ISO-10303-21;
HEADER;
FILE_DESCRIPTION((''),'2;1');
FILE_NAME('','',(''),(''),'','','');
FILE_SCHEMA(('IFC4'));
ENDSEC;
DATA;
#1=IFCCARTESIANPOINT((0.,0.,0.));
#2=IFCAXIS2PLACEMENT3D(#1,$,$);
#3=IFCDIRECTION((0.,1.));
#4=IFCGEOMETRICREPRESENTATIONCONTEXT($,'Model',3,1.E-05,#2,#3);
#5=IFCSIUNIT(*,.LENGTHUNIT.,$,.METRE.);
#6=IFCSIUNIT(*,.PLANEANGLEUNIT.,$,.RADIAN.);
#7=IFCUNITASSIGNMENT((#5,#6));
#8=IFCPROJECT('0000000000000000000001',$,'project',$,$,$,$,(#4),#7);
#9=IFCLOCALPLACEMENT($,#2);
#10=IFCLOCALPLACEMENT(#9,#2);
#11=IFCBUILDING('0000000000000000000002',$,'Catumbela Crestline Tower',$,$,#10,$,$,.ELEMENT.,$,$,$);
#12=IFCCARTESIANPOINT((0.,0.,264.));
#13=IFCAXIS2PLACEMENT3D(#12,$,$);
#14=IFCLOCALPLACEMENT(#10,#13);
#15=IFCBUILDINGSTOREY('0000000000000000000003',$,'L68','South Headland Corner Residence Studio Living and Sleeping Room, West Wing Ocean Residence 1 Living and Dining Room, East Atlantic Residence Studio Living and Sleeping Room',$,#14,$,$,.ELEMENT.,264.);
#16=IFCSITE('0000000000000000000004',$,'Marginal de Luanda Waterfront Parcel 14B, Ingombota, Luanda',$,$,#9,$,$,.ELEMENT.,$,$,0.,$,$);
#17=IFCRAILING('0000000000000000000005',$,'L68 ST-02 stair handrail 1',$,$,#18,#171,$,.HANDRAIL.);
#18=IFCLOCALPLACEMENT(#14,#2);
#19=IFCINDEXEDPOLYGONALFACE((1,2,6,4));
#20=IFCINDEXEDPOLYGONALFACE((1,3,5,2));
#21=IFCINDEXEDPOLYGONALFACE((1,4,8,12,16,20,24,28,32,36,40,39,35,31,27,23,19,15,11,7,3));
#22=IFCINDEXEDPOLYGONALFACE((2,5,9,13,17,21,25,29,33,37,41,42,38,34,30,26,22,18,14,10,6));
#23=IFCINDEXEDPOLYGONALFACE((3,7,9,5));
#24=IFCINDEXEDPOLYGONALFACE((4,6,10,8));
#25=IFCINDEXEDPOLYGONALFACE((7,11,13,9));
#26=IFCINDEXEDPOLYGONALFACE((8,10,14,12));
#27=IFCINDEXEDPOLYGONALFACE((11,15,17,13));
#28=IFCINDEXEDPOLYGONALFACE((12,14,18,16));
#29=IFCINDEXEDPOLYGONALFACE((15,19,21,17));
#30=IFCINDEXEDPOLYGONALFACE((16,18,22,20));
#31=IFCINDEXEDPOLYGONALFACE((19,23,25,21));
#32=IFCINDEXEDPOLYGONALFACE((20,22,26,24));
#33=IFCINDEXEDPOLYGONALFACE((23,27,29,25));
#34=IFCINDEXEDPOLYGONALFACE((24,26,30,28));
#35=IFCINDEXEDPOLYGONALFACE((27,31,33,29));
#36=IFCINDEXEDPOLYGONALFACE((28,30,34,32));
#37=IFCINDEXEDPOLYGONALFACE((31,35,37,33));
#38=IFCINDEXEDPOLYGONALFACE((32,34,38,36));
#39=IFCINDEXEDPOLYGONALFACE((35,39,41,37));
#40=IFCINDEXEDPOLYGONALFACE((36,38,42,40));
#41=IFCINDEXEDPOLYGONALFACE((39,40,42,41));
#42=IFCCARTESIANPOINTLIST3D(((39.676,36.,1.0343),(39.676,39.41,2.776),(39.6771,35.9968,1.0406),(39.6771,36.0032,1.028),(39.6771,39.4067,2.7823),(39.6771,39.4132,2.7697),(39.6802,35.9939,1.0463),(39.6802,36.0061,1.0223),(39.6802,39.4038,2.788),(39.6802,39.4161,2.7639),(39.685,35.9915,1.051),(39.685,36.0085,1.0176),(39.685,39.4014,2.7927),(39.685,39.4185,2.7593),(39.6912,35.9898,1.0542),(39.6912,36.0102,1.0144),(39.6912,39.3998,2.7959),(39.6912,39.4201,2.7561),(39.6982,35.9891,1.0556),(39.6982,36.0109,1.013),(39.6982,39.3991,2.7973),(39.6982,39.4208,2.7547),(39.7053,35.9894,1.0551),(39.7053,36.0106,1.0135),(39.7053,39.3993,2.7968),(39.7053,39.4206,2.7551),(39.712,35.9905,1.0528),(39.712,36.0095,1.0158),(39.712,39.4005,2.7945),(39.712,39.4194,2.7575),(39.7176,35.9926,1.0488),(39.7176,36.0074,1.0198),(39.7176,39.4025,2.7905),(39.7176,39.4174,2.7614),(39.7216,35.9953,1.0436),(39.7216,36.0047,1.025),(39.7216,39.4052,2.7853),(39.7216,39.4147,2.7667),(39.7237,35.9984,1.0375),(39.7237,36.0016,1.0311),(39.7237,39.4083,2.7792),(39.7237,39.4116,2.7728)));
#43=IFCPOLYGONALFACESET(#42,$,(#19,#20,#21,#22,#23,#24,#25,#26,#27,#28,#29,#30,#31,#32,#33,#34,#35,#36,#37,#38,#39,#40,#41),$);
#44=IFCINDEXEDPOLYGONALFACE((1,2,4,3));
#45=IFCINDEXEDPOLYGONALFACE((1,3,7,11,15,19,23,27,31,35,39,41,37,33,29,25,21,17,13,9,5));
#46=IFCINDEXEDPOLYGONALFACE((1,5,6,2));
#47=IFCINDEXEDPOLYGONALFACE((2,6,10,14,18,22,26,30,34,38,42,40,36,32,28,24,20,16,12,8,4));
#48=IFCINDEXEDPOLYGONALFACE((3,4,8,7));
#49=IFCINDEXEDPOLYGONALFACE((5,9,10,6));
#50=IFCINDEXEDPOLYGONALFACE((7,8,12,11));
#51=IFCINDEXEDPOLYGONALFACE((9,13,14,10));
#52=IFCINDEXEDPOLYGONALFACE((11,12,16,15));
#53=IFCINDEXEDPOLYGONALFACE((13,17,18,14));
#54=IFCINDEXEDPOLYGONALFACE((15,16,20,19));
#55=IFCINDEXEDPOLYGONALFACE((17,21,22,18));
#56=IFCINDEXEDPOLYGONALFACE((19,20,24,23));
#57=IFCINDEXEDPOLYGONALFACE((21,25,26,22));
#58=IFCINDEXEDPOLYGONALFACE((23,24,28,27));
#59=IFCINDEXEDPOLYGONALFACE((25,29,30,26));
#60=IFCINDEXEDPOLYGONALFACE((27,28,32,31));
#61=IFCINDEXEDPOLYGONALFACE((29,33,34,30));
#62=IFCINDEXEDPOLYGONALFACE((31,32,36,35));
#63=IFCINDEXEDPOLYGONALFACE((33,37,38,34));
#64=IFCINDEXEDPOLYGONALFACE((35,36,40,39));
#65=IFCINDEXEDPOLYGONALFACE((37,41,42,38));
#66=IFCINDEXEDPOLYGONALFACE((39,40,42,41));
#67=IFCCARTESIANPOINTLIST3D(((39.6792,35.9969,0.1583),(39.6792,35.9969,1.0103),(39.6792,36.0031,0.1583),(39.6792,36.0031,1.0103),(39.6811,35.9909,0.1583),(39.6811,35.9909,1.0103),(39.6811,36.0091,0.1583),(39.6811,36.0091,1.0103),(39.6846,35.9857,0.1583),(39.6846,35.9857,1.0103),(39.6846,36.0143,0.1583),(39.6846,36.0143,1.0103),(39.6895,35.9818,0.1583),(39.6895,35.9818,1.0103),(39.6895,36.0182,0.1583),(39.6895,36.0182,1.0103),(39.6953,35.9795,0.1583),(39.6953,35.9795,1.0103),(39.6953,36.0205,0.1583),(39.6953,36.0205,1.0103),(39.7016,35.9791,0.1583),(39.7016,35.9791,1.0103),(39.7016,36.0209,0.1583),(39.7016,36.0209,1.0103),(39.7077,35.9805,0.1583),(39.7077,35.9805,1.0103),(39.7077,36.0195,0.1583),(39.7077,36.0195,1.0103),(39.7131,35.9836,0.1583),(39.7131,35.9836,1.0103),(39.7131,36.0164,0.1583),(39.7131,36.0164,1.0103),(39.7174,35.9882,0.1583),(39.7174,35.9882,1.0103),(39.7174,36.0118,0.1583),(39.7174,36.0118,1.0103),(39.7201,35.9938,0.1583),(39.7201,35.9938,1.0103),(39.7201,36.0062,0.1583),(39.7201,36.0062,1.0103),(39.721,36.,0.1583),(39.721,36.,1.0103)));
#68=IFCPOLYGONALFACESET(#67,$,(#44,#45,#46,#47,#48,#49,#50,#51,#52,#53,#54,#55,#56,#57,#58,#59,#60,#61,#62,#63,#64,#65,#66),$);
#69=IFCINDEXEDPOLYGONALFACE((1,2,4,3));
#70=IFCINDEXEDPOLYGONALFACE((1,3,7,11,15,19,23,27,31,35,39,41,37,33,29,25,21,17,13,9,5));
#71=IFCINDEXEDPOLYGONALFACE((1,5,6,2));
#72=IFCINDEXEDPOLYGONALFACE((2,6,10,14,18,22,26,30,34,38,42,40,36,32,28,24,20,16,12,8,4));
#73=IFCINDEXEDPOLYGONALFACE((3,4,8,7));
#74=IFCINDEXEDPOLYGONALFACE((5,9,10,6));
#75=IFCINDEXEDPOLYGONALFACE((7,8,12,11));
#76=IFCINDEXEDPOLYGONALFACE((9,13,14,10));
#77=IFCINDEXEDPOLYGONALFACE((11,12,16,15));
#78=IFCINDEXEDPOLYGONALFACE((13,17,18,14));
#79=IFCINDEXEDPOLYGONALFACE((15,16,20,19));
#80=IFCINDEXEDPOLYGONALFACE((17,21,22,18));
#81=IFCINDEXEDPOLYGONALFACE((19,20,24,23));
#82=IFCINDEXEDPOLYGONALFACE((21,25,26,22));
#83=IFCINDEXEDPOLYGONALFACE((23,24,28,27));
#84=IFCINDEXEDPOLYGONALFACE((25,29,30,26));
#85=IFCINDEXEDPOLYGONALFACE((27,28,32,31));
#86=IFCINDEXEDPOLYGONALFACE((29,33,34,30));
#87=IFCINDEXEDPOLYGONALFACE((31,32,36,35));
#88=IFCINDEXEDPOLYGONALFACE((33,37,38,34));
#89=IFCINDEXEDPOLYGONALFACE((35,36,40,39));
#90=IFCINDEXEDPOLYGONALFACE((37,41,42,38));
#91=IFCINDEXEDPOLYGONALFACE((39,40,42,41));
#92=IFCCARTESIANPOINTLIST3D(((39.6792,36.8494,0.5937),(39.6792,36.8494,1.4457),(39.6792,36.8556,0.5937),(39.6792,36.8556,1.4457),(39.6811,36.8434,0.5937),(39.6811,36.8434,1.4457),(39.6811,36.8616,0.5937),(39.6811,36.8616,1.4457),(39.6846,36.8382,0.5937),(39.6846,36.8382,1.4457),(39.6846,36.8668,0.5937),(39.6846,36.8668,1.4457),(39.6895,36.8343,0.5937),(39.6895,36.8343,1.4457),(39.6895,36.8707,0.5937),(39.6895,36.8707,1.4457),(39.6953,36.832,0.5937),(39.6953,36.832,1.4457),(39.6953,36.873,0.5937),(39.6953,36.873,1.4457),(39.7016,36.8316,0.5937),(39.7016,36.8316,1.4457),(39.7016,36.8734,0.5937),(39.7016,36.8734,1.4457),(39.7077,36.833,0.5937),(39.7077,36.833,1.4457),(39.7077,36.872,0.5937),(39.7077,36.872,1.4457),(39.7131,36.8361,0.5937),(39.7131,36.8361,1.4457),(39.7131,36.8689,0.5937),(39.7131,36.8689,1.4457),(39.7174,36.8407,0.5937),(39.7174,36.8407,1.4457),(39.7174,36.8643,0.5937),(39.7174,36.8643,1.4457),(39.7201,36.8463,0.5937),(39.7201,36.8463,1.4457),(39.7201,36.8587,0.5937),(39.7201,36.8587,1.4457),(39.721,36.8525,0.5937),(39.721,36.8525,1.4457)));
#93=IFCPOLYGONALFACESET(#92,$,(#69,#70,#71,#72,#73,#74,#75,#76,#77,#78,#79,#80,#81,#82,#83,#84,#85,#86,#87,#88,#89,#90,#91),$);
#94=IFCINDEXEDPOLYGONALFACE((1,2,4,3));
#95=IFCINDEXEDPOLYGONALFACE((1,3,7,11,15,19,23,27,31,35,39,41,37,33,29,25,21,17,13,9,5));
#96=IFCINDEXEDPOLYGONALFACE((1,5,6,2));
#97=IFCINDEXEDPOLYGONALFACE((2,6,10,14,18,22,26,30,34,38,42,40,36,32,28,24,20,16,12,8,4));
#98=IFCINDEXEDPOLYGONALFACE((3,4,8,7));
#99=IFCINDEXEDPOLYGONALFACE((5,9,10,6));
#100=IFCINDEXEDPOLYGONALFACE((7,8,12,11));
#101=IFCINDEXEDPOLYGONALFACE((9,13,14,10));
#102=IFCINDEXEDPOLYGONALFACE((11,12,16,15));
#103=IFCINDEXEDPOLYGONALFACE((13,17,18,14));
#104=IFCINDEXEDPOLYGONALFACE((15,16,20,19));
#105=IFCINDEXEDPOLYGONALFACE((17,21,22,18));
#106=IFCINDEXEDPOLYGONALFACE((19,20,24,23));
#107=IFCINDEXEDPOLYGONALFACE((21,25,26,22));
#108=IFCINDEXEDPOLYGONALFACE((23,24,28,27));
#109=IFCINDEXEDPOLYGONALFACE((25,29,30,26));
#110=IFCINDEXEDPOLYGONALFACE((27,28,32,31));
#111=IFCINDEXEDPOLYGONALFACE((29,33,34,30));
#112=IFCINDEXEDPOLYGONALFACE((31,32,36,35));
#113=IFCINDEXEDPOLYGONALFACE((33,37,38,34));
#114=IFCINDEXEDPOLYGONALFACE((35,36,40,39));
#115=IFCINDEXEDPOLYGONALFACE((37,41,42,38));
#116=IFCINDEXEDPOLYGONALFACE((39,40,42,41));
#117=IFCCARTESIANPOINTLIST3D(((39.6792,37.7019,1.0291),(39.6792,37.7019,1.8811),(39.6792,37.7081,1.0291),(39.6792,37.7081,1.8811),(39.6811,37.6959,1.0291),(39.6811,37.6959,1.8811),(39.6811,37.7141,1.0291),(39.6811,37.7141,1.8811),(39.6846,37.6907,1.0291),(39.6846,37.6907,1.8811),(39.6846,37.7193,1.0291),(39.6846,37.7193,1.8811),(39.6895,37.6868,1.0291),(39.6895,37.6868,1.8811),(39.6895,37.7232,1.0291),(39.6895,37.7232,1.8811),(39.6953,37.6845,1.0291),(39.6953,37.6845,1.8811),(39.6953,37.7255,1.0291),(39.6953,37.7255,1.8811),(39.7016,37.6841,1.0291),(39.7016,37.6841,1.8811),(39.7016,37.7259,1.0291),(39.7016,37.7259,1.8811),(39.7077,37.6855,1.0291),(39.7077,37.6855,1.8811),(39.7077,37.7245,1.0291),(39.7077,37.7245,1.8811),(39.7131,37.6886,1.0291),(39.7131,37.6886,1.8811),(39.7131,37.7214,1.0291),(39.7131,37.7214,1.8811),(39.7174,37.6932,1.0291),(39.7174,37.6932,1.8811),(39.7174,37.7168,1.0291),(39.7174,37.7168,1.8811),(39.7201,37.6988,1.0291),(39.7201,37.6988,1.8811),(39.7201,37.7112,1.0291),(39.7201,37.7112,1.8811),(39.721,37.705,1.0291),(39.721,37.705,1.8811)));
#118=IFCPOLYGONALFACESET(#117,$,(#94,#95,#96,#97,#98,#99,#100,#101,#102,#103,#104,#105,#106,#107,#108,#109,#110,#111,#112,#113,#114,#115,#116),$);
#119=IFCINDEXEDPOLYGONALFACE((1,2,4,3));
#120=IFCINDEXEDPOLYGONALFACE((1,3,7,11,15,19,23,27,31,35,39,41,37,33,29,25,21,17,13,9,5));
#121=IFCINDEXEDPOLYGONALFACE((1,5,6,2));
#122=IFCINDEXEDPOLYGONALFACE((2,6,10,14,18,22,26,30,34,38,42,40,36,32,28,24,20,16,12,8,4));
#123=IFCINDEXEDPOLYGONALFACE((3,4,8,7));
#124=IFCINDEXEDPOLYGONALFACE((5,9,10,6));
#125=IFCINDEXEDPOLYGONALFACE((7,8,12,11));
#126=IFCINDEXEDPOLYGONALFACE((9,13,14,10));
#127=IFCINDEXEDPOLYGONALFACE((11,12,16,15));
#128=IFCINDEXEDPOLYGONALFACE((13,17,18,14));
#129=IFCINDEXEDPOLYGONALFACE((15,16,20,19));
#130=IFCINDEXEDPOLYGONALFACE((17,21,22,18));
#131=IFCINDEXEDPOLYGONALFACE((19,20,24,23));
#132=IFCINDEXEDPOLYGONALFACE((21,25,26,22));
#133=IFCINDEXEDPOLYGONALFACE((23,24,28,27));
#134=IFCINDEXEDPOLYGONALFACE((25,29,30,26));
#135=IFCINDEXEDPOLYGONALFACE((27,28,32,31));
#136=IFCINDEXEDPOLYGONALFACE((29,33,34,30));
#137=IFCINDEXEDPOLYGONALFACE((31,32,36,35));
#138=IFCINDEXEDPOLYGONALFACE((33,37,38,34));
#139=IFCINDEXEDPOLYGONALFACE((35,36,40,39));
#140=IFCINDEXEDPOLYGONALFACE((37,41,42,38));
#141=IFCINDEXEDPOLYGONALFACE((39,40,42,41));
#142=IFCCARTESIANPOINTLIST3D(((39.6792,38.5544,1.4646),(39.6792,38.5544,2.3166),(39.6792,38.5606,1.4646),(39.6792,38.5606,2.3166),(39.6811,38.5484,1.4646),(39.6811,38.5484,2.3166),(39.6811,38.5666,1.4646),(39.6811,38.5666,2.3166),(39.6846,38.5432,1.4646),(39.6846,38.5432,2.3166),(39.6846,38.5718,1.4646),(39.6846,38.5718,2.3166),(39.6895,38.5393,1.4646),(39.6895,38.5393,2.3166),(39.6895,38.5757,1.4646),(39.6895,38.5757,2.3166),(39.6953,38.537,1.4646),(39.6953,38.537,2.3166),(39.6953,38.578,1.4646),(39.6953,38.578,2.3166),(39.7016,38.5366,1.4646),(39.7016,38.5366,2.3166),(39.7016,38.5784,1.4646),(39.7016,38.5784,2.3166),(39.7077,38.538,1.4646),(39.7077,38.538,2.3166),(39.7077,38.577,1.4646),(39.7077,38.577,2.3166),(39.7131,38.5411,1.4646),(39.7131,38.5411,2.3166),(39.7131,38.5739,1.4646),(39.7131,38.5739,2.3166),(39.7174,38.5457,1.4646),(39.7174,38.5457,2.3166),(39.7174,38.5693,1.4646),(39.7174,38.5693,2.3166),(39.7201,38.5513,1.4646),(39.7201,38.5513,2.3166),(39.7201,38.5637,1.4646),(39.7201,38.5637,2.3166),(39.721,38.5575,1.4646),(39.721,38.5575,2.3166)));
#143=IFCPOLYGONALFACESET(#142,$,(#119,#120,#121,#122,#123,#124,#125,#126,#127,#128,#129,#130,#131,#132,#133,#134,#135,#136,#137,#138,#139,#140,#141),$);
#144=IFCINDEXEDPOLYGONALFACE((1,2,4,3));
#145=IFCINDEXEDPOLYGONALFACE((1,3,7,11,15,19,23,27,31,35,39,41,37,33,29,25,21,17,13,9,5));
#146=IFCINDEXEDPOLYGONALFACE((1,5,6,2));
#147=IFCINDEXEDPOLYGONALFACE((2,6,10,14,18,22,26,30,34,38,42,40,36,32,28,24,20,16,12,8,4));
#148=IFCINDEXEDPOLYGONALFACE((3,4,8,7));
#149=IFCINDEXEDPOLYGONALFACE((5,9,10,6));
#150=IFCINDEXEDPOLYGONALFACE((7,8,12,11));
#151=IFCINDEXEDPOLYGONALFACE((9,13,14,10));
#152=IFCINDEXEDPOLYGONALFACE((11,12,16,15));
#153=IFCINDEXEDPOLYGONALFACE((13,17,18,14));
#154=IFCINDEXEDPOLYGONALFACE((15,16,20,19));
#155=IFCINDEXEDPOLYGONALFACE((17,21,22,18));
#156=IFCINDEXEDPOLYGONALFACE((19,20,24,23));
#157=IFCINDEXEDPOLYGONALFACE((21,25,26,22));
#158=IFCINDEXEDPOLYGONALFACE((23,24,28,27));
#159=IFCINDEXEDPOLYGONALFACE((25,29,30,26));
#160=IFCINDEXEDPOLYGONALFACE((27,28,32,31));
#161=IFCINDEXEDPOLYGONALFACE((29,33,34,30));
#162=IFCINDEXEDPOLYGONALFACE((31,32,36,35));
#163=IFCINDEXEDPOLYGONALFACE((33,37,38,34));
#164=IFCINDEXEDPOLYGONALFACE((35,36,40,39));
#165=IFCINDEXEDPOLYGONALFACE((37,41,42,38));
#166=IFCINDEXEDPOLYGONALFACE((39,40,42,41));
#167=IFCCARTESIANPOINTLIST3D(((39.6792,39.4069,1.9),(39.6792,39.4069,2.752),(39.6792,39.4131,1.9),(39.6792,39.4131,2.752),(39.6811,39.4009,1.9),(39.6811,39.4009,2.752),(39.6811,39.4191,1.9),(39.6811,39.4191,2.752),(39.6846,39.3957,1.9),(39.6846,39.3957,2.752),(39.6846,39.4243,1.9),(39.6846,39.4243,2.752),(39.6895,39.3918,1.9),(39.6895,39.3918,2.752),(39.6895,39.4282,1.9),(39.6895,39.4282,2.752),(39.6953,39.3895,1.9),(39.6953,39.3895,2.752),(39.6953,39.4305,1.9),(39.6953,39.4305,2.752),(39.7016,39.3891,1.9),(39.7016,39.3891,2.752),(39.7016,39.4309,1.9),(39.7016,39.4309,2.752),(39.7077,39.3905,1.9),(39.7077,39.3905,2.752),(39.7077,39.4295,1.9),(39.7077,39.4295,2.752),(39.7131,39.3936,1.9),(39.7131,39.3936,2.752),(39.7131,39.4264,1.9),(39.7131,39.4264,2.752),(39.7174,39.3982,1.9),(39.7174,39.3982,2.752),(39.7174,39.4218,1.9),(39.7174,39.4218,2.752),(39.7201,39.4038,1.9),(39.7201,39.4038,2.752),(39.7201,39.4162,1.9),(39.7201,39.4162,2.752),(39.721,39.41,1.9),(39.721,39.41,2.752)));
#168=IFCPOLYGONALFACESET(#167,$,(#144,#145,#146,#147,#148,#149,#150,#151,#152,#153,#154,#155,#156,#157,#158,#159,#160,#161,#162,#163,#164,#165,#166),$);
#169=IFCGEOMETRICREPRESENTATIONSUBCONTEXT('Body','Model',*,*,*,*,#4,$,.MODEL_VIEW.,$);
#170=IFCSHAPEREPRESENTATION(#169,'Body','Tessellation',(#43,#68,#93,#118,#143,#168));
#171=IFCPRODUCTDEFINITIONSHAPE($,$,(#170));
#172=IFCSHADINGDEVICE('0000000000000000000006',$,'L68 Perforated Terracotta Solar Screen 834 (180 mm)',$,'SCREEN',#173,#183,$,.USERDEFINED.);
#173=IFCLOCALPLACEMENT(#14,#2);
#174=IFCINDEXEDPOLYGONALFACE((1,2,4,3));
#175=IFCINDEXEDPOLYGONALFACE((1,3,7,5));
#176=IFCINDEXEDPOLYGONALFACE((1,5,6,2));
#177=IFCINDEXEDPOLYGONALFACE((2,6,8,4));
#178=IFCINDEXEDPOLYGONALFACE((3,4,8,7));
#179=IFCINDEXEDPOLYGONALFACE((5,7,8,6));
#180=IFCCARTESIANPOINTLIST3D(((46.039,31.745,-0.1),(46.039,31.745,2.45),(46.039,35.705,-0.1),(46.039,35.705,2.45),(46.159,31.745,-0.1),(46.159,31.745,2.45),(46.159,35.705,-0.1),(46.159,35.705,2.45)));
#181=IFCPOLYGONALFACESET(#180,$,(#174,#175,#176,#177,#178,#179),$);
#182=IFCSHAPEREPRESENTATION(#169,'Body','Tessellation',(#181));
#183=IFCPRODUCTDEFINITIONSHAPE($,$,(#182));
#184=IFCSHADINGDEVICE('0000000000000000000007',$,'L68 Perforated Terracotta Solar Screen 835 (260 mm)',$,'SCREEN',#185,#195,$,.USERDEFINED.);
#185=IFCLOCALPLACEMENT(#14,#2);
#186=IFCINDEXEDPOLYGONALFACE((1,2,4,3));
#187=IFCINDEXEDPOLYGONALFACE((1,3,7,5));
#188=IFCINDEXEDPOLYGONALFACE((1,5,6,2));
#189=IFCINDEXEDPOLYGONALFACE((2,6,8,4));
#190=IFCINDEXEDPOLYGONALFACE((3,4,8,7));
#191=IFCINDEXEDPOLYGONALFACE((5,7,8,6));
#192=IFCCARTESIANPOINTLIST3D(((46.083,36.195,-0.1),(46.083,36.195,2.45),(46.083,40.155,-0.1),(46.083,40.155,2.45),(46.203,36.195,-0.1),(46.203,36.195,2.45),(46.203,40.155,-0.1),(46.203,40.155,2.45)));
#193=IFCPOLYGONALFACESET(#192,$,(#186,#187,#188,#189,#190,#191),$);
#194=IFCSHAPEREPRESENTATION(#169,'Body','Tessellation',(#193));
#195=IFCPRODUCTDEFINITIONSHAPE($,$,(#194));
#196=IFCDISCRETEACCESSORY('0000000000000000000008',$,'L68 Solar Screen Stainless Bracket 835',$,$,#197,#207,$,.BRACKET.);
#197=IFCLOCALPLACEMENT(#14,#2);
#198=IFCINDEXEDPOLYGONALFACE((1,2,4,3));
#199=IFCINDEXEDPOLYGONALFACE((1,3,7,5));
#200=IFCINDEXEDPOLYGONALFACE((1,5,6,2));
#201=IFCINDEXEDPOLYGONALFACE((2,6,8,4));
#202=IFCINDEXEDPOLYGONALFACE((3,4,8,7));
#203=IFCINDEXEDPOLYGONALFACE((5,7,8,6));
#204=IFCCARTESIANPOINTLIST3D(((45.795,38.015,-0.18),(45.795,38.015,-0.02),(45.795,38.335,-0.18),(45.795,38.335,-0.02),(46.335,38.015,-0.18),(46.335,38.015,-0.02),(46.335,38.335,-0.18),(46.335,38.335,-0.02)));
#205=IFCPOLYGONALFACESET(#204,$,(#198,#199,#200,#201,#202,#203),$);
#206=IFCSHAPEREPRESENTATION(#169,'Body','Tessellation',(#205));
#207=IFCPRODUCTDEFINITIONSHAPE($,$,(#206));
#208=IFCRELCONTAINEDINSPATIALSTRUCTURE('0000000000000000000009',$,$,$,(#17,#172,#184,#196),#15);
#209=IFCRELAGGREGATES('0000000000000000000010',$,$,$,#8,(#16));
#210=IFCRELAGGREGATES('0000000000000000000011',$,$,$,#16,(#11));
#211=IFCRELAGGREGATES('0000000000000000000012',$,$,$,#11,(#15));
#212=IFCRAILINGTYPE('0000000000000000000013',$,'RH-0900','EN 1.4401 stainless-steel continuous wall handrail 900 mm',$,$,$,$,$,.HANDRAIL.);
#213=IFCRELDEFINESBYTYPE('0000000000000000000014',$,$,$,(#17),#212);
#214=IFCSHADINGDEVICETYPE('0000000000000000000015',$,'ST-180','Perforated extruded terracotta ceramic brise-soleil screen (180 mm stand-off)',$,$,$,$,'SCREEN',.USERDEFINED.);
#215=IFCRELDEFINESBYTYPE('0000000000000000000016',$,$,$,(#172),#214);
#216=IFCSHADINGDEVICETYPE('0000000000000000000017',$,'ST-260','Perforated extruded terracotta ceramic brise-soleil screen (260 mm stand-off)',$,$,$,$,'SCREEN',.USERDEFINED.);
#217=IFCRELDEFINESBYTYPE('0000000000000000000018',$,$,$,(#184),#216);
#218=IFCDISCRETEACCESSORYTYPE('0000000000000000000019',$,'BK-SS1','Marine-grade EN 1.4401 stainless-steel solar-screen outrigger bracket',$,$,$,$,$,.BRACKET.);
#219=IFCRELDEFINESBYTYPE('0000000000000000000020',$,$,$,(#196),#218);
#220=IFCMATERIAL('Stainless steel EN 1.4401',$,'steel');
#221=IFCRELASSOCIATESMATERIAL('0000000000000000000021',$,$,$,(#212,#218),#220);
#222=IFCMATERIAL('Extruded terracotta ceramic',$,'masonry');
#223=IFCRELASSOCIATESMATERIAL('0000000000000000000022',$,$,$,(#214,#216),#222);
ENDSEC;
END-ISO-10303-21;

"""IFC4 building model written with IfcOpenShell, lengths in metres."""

from ifc_helpers import new_model, si_unit, direction, frame, origin, origin_2d, place, context, subcontext, project, spatial, rectangle, circle, extrude, material, type_object, element, save


model = new_model("IFC4")

# Units and contexts
model_context = context("Model", 3, precision=1e-05, world=origin(), true_north=direction((0.0, 1.0)))
body_context = subcontext(model_context, "Body", "Model", "MODEL_VIEW")
ifc_project = project(units=[si_unit("LENGTHUNIT", "METRE"), si_unit("PLANEANGLEUNIT", "RADIAN")], contexts=[model_context])

# Site, building, storey
site_placement = place(None, origin())
site = spatial("IfcSite", under=ifc_project, at=site_placement, Name="Marginal de Luanda Waterfront Parcel 14B, Ingombota, Luanda", CompositionType="ELEMENT", RefElevation=0.0)
building_placement = place(site_placement, origin())
building = spatial("IfcBuilding", under=site, at=building_placement, Name="Catumbela Crestline Tower", CompositionType="ELEMENT")
storey_placement = place(building_placement, frame((0.0, 0.0, 264.0)))
storey = spatial("IfcBuildingStorey", under=building, at=storey_placement, Name="L68", Description="South Headland Corner Residence Studio Living and Sleeping Room, West Wing Ocean Residence 1 Living and Dining Room, East Atlantic Residence Studio Living and Sleeping Room", CompositionType="ELEMENT", Elevation=264.0)

# Railing
ifc_material_1 = material(Name="Stainless steel EN 1.4401", Category="steel")
railing_type = type_object("IfcRailingType", Name="RH-0900", Description="EN 1.4401 stainless-steel continuous wall handrail 900 mm", PredefinedType="HANDRAIL", material=ifc_material_1)
railing_placement = place(storey_placement, frame((39.7, 36.0, 0.1583)))
element("IfcRailing", 1, at=railing_placement, inside=storey, type_object=railing_type, Name="L68 ST-02 stair handrail 1", PredefinedType="HANDRAIL", context=body_context, shape_type="SweptSolid", body=[
    extrude(circle(Radius=0.024, at=origin_2d()), frame((0.0, 0.0, 0.876), z_axis=(0.0, 0.89056, 0.454865), x_axis=(-1.0, 0.0, 0.0)), (0.0, 0.0, 1.0), 3.829),
    extrude(circle(Radius=0.021, at=origin_2d()), origin(), (0.0, 0.0, 1.0), 0.852),
    extrude(circle(Radius=0.021, at=origin_2d()), frame((0.0, 0.8525, 0.4354)), (0.0, 0.0, 1.0), 0.852),
    extrude(circle(Radius=0.021, at=origin_2d()), frame((0.0, 1.705, 0.8708)), (0.0, 0.0, 1.0), 0.852),
    extrude(circle(Radius=0.021, at=origin_2d()), frame((0.0, 2.5575, 1.3063)), (0.0, 0.0, 1.0), 0.852),
    extrude(circle(Radius=0.021, at=origin_2d()), frame((0.0, 3.41, 1.7417)), (0.0, 0.0, 1.0), 0.852),
])

# Shading devices
ifc_material_2 = material(Name="Extruded terracotta ceramic", Category="masonry")
shading_device_type_1 = type_object("IfcShadingDeviceType", Name="ST-180", Description="Perforated extruded terracotta ceramic brise-soleil screen (180 mm stand-off)", ElementType="SCREEN", PredefinedType="USERDEFINED", material=ifc_material_2)
shading_device_1_placement = place(storey_placement, frame((46.099, 33.725, -0.1), z_axis=(0.0, 0.0, 1.0), x_axis=(0.0, 1.0, 0.0)))
element("IfcShadingDevice", 2, at=shading_device_1_placement, inside=storey, type_object=shading_device_type_1, Name="L68 Perforated Terracotta Solar Screen 834 (180 mm)", ObjectType="SCREEN", PredefinedType="USERDEFINED", context=body_context, shape_type="SweptSolid", body=[
    extrude(rectangle(XDim=3.96, YDim=0.12, at=origin_2d()), origin(), (0.0, 0.0, 1.0), 2.55),
])
shading_device_type_2 = type_object("IfcShadingDeviceType", Name="ST-260", Description="Perforated extruded terracotta ceramic brise-soleil screen (260 mm stand-off)", ElementType="SCREEN", PredefinedType="USERDEFINED", material=ifc_material_2)
shading_device_2_placement = place(storey_placement, frame((46.143, 38.175, -0.1), z_axis=(0.0, 0.0, 1.0), x_axis=(0.0, 1.0, 0.0)))
element("IfcShadingDevice", 3, at=shading_device_2_placement, inside=storey, type_object=shading_device_type_2, Name="L68 Perforated Terracotta Solar Screen 835 (260 mm)", ObjectType="SCREEN", PredefinedType="USERDEFINED", context=body_context, shape_type="SweptSolid", body=[
    extrude(rectangle(XDim=3.96, YDim=0.12, at=origin_2d()), origin(), (0.0, 0.0, 1.0), 2.55),
])

# Discrete accessory
discrete_accessory_type = type_object("IfcDiscreteAccessoryType", Name="BK-SS1", Description="Marine-grade EN 1.4401 stainless-steel solar-screen outrigger bracket", PredefinedType="BRACKET", material=ifc_material_1)
discrete_accessory_placement = place(storey_placement, frame((46.065, 38.175, -0.18), z_axis=(0.0, 0.0, 1.0), x_axis=(0.0, 1.0, 0.0)))
element("IfcDiscreteAccessory", 4, at=discrete_accessory_placement, inside=storey, type_object=discrete_accessory_type, Name="L68 Solar Screen Stainless Bracket 835", PredefinedType="BRACKET", context=body_context, shape_type="SweptSolid", body=[
    extrude(rectangle(XDim=0.32, YDim=0.54, at=origin_2d()), origin(), (0.0, 0.0, 1.0), 0.16),
])

save(model, "model.ifc")
